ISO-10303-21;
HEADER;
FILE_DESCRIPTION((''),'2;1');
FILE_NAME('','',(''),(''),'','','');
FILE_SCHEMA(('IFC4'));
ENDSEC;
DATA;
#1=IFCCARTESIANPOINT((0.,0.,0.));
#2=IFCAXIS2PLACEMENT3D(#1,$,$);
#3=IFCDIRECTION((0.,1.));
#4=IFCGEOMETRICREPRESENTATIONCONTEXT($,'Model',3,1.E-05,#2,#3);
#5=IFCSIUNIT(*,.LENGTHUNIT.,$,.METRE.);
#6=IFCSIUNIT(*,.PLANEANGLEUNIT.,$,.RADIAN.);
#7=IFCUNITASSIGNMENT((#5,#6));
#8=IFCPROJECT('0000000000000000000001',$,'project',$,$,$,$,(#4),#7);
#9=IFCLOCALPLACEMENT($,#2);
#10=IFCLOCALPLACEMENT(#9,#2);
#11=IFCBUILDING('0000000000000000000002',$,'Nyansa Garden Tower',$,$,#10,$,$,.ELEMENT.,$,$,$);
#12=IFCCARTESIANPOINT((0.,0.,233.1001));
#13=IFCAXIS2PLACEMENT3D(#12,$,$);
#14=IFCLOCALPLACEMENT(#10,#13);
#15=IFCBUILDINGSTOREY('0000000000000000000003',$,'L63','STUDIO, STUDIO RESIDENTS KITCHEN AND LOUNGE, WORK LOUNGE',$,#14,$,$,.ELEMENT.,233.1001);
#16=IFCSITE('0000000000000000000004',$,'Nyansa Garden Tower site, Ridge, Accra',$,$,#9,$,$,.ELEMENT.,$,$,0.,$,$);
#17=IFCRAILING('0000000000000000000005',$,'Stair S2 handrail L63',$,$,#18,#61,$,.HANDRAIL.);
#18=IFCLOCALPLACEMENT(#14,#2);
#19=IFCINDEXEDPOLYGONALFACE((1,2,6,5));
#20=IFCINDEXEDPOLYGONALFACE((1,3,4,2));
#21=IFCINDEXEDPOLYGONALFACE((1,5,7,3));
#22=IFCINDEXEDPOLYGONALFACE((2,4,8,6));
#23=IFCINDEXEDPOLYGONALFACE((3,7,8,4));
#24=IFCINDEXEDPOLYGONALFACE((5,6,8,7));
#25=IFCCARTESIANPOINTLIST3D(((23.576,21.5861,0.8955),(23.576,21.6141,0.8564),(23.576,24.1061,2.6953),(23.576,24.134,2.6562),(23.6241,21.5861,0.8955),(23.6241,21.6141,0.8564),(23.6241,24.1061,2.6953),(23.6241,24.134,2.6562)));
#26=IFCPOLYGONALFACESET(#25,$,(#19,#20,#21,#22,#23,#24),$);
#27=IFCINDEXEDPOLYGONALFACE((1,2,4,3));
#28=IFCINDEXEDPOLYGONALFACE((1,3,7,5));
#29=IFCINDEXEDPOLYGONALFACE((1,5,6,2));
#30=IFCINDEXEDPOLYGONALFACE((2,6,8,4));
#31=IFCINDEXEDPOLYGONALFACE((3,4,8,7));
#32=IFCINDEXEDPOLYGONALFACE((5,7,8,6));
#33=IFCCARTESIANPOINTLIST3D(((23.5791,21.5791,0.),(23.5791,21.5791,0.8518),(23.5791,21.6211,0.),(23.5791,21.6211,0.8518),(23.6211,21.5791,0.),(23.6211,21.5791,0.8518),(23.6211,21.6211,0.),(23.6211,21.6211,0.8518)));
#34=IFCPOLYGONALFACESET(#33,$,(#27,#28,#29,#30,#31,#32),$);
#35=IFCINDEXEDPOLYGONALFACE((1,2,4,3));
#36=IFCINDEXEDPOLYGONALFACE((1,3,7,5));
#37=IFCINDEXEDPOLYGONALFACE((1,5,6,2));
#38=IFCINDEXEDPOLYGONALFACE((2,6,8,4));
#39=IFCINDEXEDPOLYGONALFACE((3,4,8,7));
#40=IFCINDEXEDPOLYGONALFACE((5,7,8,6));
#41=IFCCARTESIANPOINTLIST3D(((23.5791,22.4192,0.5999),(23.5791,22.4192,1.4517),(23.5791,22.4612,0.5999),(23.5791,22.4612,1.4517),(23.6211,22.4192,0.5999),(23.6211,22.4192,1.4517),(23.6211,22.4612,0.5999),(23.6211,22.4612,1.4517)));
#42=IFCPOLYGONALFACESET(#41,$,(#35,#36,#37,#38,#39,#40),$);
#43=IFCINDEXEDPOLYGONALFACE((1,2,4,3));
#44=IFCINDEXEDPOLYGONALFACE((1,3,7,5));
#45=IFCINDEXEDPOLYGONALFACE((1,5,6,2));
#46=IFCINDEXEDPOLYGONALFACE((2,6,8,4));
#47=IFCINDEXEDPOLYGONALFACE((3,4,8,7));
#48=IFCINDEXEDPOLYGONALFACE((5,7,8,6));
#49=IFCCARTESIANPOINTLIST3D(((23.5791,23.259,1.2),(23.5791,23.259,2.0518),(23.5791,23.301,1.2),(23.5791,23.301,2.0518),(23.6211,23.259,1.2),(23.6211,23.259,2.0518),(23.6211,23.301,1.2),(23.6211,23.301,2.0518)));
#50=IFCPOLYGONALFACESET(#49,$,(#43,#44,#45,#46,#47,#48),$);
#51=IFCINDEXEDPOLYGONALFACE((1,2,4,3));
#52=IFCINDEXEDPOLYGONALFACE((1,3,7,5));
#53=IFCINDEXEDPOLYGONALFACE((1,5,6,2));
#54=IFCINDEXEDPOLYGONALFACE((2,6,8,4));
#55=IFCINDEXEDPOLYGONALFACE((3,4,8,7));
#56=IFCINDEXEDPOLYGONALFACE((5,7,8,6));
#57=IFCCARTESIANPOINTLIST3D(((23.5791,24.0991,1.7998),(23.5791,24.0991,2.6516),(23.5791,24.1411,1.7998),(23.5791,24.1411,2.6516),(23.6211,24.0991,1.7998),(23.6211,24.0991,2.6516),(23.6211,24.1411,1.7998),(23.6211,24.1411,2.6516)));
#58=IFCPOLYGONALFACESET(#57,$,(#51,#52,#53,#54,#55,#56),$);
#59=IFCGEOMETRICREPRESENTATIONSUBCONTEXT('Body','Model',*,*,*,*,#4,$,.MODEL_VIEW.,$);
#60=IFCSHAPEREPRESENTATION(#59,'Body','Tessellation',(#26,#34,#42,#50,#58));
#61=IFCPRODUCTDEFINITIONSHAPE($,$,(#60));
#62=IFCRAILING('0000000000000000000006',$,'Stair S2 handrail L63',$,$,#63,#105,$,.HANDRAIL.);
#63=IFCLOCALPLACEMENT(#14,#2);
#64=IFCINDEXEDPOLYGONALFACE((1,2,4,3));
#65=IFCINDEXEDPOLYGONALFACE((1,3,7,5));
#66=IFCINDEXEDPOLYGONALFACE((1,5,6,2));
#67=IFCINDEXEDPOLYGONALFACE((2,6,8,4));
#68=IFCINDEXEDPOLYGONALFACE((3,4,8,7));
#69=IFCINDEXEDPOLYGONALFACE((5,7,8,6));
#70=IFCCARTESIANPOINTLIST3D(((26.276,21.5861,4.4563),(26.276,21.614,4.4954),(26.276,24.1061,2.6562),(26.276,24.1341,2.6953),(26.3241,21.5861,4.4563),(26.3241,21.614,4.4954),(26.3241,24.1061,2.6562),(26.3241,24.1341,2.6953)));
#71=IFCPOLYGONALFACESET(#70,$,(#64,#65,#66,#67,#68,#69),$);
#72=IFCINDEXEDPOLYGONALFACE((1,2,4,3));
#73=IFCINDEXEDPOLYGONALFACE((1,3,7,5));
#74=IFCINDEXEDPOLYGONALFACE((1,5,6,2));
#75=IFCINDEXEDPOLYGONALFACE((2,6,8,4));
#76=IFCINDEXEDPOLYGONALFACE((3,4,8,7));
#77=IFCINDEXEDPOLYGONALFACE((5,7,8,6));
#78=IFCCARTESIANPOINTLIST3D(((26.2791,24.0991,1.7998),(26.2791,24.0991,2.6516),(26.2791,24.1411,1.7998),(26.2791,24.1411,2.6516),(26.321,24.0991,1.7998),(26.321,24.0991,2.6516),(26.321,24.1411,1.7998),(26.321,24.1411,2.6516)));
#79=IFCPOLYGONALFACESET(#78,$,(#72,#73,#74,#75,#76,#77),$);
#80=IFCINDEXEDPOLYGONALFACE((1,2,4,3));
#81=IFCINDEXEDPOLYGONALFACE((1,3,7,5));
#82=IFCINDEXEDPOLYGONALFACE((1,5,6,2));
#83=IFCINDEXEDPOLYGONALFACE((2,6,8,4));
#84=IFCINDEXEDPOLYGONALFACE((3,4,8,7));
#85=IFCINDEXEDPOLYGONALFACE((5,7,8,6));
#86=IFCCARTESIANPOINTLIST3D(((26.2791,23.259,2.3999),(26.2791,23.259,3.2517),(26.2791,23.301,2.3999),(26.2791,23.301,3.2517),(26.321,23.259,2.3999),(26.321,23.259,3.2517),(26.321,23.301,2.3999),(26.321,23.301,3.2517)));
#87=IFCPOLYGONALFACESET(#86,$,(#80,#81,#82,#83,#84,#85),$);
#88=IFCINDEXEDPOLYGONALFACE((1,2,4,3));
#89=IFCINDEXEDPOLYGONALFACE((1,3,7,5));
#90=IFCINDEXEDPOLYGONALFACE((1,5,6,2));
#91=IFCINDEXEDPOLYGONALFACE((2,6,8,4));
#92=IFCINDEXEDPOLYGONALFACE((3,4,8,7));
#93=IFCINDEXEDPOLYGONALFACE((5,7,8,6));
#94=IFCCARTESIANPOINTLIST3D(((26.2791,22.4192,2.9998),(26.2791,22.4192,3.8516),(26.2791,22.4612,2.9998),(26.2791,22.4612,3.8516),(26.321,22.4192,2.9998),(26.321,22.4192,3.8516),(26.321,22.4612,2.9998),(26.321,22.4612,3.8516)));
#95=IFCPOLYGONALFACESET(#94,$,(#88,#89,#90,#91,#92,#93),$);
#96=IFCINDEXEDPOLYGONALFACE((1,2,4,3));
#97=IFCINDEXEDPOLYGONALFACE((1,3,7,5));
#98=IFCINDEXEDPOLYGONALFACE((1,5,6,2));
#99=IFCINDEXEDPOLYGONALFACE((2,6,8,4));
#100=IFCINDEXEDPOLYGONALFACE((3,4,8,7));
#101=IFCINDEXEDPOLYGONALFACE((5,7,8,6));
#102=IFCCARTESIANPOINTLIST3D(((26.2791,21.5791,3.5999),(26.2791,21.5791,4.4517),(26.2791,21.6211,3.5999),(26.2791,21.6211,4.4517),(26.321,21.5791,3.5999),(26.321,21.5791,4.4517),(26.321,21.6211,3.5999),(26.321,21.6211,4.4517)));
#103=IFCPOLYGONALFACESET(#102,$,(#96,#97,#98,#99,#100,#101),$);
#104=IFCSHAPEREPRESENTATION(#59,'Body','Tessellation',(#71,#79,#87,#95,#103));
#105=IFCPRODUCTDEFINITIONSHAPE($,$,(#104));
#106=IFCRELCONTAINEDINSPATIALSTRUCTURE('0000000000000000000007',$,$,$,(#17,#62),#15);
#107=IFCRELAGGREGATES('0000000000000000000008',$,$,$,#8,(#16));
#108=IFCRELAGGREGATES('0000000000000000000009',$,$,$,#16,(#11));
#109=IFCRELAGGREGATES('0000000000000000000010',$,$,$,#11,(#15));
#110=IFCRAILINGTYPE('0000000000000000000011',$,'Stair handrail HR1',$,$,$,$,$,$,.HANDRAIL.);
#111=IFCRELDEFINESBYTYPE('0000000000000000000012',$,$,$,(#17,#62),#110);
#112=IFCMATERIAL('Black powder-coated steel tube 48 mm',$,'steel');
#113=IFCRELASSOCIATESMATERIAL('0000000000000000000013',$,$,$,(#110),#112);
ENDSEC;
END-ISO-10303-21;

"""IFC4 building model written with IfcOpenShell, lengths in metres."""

from ifc_helpers import new_model, si_unit, direction, frame, origin, origin_2d, place, context, subcontext, project, spatial, rectangle, extrude, material, type_object, element, save


model = new_model("IFC4")

# Units and contexts
model_context = context("Model", 3, precision=1e-05, world=origin(), true_north=direction((0.0, 1.0)))
body_context = subcontext(model_context, "Body", "Model", "MODEL_VIEW")
ifc_project = project(units=[si_unit("LENGTHUNIT", "METRE"), si_unit("PLANEANGLEUNIT", "RADIAN")], contexts=[model_context])

# Site, building, storey
site_placement = place(None, origin())
site = spatial("IfcSite", under=ifc_project, at=site_placement, Name="Nyansa Garden Tower site, Ridge, Accra", CompositionType="ELEMENT", RefElevation=0.0)
building_placement = place(site_placement, origin())
building = spatial("IfcBuilding", under=site, at=building_placement, Name="Nyansa Garden Tower", CompositionType="ELEMENT")
storey_placement = place(building_placement, frame((0.0, 0.0, 233.1001)))
storey = spatial("IfcBuildingStorey", under=building, at=storey_placement, Name="L63", Description="STUDIO, STUDIO RESIDENTS KITCHEN AND LOUNGE, WORK LOUNGE", CompositionType="ELEMENT", Elevation=233.1001)

# Railings
ifc_material_1 = material(Name="Black powder-coated steel tube 48 mm", Category="steel")
railing_type = type_object("IfcRailingType", Name="Stair handrail HR1", PredefinedType="HANDRAIL", material=ifc_material_1)
railing_1_placement = place(storey_placement, frame((23.6001, 21.6001, 0.0)))
element("IfcRailing", 1, at=railing_1_placement, inside=storey, type_object=railing_type, Name="Stair S2 handrail L63", PredefinedType="HANDRAIL", context=body_context, shape_type="SweptSolid", body=[
    extrude(rectangle(XDim=0.0481, YDim=0.0481, at=origin_2d()), frame((0.0, 0.0, 0.876), z_axis=(0.0, 0.813765, 0.581193), x_axis=(-1.0, 0.0, 0.0)), (0.0, 0.0, 1.0), 3.0967),
    extrude(rectangle(XDim=0.042, YDim=0.042, at=origin_2d()), origin(), (0.0, 0.0, 1.0), 0.8518),
    extrude(rectangle(XDim=0.042, YDim=0.042, at=origin_2d()), frame((0.0, 0.8401, 0.5999)), (0.0, 0.0, 1.0), 0.8518),
    extrude(rectangle(XDim=0.042, YDim=0.042, at=origin_2d()), frame((0.0, 1.6799, 1.2)), (0.0, 0.0, 1.0), 0.8518),
    extrude(rectangle(XDim=0.042, YDim=0.042, at=origin_2d()), frame((0.0, 2.52, 1.7998)), (0.0, 0.0, 1.0), 0.8518),
])
railing_2_placement = place(storey_placement, frame((26.3, 24.1201, 1.7998)))
element("IfcRailing", 2, at=railing_2_placement, inside=storey, type_object=railing_type, Name="Stair S2 handrail L63", PredefinedType="HANDRAIL", context=body_context, shape_type="SweptSolid", body=[
    extrude(rectangle(XDim=0.0481, YDim=0.0481, at=origin_2d()), frame((0.0, 0.0, 0.876), z_axis=(0.0, -0.813728, 0.581246), x_axis=(1.0, 0.0, 0.0)), (0.0, 0.0, 1.0), 3.0969),
    extrude(rectangle(XDim=0.042, YDim=0.042, at=origin_2d()), origin(), (0.0, 0.0, 1.0), 0.8518),
    extrude(rectangle(XDim=0.042, YDim=0.042, at=origin_2d()), frame((0.0, -0.8401, 0.6001)), (0.0, 0.0, 1.0), 0.8518),
    extrude(rectangle(XDim=0.042, YDim=0.042, at=origin_2d()), frame((0.0, -1.6799, 1.2)), (0.0, 0.0, 1.0), 0.8518),
    extrude(rectangle(XDim=0.042, YDim=0.042, at=origin_2d()), frame((0.0, -2.52, 1.8)), (0.0, 0.0, 1.0), 0.8518),
])

save(model, "model.ifc")
